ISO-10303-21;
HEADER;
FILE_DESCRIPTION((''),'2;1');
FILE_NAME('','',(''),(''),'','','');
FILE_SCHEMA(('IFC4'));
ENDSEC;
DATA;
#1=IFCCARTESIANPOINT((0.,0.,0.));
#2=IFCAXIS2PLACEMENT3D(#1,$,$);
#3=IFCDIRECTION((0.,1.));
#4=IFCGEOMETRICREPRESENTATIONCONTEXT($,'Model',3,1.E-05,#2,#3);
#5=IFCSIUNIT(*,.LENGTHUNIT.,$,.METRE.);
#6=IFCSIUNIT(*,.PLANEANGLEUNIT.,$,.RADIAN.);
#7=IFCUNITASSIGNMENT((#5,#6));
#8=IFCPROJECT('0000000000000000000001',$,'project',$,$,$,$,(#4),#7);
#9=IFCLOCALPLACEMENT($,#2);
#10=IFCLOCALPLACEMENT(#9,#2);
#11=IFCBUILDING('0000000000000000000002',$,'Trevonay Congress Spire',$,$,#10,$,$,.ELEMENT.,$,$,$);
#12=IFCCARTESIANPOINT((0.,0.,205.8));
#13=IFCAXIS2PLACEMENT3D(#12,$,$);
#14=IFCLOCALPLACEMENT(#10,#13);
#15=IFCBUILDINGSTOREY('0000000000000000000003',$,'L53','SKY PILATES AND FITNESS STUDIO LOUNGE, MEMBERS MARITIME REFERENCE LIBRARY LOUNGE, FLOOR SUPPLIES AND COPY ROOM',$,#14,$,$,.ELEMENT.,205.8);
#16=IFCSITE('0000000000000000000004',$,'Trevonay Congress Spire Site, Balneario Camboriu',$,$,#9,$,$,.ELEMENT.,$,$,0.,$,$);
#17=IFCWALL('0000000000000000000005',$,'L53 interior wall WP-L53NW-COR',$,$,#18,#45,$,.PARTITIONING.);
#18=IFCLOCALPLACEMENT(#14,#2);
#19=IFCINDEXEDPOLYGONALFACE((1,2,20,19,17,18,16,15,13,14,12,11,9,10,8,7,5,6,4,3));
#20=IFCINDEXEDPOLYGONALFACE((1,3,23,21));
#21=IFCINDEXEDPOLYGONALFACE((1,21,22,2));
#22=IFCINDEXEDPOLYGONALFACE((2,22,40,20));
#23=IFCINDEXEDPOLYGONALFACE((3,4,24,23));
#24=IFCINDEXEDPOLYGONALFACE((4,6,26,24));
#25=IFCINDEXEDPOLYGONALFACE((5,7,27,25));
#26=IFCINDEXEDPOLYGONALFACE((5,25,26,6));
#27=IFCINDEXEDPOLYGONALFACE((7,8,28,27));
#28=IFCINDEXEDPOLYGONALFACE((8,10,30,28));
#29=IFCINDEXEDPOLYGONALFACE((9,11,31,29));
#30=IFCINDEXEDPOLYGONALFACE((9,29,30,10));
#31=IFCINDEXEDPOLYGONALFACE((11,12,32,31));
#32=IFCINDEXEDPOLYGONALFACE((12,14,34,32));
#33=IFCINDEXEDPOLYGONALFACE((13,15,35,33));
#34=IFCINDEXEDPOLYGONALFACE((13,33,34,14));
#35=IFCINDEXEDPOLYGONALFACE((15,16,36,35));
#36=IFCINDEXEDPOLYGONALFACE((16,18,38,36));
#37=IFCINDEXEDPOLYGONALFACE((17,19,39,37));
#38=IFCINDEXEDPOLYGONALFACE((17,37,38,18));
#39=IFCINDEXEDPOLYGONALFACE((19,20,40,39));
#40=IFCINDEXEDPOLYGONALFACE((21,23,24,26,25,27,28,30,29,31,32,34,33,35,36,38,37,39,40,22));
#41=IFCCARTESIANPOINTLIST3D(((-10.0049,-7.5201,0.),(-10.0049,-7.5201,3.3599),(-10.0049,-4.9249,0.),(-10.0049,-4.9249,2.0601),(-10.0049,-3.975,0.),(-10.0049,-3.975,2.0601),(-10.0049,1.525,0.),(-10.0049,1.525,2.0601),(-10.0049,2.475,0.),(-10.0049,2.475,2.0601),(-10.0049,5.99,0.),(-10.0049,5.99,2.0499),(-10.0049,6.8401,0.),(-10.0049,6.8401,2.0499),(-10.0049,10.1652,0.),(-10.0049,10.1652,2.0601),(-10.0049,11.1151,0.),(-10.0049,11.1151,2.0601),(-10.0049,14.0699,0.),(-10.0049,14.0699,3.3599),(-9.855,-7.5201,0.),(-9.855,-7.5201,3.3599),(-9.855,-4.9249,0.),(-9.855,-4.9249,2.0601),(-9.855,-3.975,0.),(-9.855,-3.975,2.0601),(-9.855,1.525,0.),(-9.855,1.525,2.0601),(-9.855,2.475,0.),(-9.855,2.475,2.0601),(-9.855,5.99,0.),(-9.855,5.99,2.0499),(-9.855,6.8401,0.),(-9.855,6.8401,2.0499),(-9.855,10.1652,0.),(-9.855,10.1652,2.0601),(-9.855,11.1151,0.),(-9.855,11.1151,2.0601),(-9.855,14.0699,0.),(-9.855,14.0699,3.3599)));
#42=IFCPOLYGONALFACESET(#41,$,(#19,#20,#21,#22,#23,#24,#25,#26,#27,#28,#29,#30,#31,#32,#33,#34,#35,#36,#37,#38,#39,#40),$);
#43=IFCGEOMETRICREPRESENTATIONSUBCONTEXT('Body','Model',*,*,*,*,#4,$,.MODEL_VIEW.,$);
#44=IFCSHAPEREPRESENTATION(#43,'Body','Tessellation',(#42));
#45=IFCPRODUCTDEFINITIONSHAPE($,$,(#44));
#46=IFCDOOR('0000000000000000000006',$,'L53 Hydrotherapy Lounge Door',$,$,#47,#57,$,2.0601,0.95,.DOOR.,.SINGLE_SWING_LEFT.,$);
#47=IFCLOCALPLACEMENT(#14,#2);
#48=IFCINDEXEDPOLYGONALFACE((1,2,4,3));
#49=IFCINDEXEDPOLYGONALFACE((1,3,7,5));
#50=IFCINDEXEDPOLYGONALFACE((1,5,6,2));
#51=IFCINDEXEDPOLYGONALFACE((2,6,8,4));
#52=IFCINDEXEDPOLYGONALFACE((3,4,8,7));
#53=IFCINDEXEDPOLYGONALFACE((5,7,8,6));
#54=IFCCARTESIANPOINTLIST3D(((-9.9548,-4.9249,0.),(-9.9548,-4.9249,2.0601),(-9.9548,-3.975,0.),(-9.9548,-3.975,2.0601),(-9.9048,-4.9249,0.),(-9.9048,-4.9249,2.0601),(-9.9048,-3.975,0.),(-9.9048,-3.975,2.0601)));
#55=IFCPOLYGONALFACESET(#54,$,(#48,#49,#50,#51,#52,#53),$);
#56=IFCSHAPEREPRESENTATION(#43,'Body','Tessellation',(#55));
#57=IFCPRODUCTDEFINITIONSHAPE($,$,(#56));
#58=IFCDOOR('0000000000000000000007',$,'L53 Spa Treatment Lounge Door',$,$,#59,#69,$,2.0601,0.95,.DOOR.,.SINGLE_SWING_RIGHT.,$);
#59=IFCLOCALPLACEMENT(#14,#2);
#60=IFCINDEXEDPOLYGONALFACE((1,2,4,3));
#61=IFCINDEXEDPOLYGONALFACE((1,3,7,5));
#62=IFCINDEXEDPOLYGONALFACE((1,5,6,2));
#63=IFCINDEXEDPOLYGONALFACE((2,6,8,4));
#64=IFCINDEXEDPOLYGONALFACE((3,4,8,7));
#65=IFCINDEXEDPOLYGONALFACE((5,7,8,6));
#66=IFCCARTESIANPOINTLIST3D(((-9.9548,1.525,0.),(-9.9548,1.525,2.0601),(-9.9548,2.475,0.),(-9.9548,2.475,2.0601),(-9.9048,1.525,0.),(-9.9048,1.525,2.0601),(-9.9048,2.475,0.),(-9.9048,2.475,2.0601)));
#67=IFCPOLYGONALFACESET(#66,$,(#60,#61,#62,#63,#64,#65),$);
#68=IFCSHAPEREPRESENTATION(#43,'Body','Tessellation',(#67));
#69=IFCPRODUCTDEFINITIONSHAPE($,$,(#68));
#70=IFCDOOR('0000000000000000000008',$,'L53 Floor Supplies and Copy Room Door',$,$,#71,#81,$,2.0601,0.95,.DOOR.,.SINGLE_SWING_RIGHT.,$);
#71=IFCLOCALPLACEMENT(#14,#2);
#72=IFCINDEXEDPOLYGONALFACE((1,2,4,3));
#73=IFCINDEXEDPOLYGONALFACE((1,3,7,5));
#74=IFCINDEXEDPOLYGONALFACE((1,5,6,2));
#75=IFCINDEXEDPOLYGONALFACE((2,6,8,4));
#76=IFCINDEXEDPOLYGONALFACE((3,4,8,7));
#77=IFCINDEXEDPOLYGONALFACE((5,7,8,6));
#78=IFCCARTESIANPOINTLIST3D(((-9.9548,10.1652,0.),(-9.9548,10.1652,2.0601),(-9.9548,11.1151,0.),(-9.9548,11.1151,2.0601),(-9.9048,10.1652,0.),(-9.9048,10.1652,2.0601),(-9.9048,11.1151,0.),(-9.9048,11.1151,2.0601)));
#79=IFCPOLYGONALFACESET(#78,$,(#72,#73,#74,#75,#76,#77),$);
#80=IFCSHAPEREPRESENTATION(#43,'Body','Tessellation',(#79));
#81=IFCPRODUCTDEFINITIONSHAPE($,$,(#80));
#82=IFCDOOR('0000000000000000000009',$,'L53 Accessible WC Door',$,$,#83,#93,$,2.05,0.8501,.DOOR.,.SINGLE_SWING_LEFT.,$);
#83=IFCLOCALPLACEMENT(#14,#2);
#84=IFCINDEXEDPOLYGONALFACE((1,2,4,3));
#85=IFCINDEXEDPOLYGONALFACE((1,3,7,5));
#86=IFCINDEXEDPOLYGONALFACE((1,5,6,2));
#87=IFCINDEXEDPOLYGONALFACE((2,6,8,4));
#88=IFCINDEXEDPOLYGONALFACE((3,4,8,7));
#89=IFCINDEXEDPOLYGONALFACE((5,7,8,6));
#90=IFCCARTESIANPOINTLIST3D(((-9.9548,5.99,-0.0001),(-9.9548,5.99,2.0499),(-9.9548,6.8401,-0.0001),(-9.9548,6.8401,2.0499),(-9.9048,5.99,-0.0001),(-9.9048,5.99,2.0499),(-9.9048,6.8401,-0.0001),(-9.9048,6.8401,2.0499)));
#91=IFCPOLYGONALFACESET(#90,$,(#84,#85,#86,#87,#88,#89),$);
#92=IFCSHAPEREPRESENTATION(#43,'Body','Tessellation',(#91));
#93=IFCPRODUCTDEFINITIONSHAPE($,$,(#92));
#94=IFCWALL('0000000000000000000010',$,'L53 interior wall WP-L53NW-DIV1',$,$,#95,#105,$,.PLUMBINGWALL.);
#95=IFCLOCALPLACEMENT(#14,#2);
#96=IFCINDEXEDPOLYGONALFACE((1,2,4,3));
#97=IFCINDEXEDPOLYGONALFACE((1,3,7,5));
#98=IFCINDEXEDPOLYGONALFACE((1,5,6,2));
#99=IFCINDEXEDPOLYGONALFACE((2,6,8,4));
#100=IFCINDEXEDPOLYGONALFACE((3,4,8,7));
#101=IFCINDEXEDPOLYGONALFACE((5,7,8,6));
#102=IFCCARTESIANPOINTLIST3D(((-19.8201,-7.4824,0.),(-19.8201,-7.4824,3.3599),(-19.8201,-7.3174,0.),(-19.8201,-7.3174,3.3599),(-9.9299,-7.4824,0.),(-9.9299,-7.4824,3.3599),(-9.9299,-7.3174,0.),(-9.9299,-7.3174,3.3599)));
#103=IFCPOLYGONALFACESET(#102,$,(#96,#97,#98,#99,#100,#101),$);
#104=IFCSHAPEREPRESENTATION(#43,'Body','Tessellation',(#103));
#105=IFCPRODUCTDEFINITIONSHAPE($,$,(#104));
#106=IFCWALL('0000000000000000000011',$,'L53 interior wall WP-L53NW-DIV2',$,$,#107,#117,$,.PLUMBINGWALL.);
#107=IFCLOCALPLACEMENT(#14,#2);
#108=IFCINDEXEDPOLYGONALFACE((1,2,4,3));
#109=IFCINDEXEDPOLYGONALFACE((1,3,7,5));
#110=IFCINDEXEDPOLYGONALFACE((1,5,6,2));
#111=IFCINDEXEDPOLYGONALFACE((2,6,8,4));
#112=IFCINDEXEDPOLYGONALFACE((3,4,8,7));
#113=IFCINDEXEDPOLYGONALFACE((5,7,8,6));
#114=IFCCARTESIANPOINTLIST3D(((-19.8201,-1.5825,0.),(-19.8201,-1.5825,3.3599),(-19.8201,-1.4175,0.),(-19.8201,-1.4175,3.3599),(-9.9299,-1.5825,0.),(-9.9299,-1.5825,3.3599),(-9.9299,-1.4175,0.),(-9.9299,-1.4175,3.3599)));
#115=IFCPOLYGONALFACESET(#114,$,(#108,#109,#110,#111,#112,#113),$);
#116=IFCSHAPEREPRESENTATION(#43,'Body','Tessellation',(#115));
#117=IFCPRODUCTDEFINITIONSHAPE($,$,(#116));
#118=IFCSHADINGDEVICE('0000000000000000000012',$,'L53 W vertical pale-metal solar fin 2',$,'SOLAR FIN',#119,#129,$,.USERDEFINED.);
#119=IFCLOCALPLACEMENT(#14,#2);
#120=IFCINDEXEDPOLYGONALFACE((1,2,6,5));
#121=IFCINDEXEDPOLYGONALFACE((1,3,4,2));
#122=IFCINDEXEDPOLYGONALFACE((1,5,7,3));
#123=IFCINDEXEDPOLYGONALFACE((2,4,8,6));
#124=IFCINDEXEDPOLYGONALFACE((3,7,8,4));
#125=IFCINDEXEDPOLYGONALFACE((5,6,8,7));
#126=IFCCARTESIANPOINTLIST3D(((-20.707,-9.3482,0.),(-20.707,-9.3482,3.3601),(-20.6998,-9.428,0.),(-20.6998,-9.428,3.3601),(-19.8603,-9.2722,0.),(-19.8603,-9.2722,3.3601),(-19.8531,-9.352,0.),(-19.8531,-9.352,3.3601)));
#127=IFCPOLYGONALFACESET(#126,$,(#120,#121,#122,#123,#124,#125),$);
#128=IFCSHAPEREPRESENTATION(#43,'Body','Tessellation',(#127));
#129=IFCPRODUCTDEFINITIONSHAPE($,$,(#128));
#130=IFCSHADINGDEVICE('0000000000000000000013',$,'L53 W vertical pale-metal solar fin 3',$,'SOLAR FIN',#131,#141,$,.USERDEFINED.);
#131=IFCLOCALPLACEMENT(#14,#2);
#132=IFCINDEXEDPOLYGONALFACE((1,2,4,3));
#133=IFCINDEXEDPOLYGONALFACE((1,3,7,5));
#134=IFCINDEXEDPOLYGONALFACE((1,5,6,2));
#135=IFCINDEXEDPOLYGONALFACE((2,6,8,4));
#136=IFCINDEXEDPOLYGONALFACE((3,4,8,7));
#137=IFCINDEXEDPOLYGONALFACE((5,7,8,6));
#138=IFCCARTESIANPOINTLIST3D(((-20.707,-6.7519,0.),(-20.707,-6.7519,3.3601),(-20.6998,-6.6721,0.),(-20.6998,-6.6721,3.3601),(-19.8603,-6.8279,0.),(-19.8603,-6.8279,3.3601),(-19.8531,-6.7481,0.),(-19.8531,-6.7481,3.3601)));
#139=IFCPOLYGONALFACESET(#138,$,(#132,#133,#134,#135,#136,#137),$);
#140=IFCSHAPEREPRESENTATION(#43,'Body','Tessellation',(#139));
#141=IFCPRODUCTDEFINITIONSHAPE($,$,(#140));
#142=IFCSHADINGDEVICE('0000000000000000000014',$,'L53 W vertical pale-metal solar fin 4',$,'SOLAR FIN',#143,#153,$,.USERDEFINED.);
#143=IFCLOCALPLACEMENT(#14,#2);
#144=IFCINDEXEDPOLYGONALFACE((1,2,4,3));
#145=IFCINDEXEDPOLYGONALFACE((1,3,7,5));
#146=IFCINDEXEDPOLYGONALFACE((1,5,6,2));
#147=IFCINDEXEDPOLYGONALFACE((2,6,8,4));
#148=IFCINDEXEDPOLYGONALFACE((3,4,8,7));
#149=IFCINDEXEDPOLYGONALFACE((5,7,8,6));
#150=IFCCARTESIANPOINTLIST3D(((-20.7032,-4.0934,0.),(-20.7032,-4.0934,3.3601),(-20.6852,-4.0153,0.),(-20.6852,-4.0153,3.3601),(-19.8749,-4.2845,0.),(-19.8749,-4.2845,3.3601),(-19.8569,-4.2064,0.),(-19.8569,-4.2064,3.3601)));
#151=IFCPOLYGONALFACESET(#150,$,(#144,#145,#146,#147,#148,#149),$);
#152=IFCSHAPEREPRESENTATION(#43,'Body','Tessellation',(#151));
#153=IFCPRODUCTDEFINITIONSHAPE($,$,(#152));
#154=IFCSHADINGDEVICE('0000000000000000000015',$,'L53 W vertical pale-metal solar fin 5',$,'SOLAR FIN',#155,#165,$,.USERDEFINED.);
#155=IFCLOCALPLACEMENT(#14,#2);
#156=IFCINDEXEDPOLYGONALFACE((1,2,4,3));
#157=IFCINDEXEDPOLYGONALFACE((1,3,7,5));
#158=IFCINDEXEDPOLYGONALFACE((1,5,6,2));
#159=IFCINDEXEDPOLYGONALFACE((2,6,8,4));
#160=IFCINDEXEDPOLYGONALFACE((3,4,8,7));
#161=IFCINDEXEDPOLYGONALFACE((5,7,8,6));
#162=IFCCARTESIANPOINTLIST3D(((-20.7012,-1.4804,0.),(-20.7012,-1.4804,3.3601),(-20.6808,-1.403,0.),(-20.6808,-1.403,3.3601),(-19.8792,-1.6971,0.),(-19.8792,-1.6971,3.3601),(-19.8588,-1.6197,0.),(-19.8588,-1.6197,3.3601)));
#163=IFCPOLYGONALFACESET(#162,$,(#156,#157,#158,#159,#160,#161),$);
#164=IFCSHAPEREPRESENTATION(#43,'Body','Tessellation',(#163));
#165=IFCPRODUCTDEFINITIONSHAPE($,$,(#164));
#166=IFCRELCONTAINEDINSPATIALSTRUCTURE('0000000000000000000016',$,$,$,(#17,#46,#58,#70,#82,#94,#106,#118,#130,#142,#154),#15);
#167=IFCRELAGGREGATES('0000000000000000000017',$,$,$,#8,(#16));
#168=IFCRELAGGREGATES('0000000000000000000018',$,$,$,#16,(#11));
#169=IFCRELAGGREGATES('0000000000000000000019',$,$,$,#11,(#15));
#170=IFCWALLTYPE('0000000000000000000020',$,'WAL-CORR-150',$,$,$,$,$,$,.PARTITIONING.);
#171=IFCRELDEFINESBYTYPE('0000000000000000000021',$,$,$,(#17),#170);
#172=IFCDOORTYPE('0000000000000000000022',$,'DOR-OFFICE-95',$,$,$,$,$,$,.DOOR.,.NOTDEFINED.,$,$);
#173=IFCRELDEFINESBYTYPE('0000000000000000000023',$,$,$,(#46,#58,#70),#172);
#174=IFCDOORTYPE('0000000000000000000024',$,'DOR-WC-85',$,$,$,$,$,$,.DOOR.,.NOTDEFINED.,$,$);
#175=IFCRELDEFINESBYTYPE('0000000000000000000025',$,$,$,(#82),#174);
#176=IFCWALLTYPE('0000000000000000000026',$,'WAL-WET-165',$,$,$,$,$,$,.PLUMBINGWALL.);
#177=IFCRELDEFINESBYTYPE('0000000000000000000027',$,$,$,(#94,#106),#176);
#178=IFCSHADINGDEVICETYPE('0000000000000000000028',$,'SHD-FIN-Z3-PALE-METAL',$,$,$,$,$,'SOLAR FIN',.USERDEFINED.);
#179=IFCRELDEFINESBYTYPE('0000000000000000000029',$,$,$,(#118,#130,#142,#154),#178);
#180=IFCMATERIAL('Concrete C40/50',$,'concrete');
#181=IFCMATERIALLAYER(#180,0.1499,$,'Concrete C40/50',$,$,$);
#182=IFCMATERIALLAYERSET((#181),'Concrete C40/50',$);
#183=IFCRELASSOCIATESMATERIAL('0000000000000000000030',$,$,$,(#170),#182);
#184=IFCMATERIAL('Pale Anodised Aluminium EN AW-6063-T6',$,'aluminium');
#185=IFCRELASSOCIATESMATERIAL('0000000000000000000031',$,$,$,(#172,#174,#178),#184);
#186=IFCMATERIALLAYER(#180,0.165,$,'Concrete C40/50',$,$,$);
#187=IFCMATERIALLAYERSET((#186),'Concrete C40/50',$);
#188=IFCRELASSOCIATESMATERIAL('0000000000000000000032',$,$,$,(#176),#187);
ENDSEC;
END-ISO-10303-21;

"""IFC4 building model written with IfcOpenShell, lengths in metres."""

from ifc_helpers import new_model, si_unit, direction, frame, frame_2d, origin, origin_2d, place, context, subcontext, project, spatial, rectangle, extrude, material, layer, layer_set, type_object, element, fill, save


model = new_model("IFC4")

# Units and contexts
model_context = context("Model", 3, precision=1e-05, world=origin(), true_north=direction((0.0, 1.0)))
body_context = subcontext(model_context, "Body", "Model", "MODEL_VIEW")
ifc_project = project(units=[si_unit("LENGTHUNIT", "METRE"), si_unit("PLANEANGLEUNIT", "RADIAN")], contexts=[model_context])

# Site, building, storey
site_placement = place(None, origin())
site = spatial("IfcSite", under=ifc_project, at=site_placement, Name="Trevonay Congress Spire Site, Balneario Camboriu", CompositionType="ELEMENT", RefElevation=0.0)
building_placement = place(site_placement, origin())
building = spatial("IfcBuilding", under=site, at=building_placement, Name="Trevonay Congress Spire", CompositionType="ELEMENT")
storey_placement = place(building_placement, frame((0.0, 0.0, 205.8)))
storey = spatial("IfcBuildingStorey", under=building, at=storey_placement, Name="L53", Description="SKY PILATES AND FITNESS STUDIO LOUNGE, MEMBERS MARITIME REFERENCE LIBRARY LOUNGE, FLOOR SUPPLIES AND COPY ROOM", CompositionType="ELEMENT", Elevation=205.8)

# Shared definitions
ifc_material_1 = material(Name="Pale Anodised Aluminium EN AW-6063-T6", Category="aluminium")

# Shared definitions
ifc_material_2 = material(Name="Concrete C40/50", Category="concrete")
ifc_layer_1 = layer(ifc_material_2, 0.1499, Name="Concrete C40/50")
ifc_layer_set_1 = layer_set([ifc_layer_1], Name="Concrete C40/50")
wall_type_1 = type_object("IfcWallType", Name="WAL-CORR-150", PredefinedType="PARTITIONING", material=ifc_layer_set_1)

# Wall, openings, doors
wall_1_placement = place(storey_placement, frame((-9.9299, -7.52, 0.0), z_axis=(0.0, 0.0, 1.0), x_axis=(0.0, 1.0, 0.0)))
wall_1 = element("IfcWall", 1, at=wall_1_placement, inside=storey, type_object=wall_type_1, Name="L53 interior wall WP-L53NW-COR", PredefinedType="PARTITIONING", context=body_context, shape_type="SweptSolid", body=[
    extrude(rectangle(XDim=21.5901, YDim=0.1499, at=frame_2d((10.7949, 0.0))), origin(), (0.0, 0.0, 1.0), 3.3599),
])
opening_1_placement = place(wall_1_placement, frame((2.595, 0.0, 0.0)))
opening_1 = element("IfcOpeningElement", 2, at=opening_1_placement, cuts=wall_1, PredefinedType="OPENING", context=body_context, shape_type="SweptSolid", body=[
    extrude(rectangle(XDim=0.95, YDim=2.0601, at=frame_2d((0.4751, 1.03))), frame((0.0, 0.085, 0.0), z_axis=(0.0, -1.0, 0.0), x_axis=(1.0, 0.0, 0.0)), (0.0, 0.0, 1.0), 0.1699),
])
opening_2_placement = place(wall_1_placement, frame((9.0449, 0.0, 0.0)))
opening_2 = element("IfcOpeningElement", 3, at=opening_2_placement, cuts=wall_1, PredefinedType="OPENING", context=body_context, shape_type="SweptSolid", body=[
    extrude(rectangle(XDim=0.95, YDim=2.0601, at=frame_2d((0.4751, 1.03))), frame((0.0, 0.085, 0.0), z_axis=(0.0, -1.0, 0.0), x_axis=(1.0, 0.0, 0.0)), (0.0, 0.0, 1.0), 0.1699),
])
opening_3_placement = place(wall_1_placement, frame((13.51, 0.0, 0.0)))
opening_3 = element("IfcOpeningElement", 4, at=opening_3_placement, cuts=wall_1, PredefinedType="OPENING", context=body_context, shape_type="SweptSolid", body=[
    extrude(rectangle(XDim=0.8501, YDim=2.05, at=frame_2d((0.425, 1.0249))), frame((0.0, 0.085, 0.0), z_axis=(0.0, -1.0, 0.0), x_axis=(1.0, 0.0, 0.0)), (0.0, 0.0, 1.0), 0.1699),
])
opening_4_placement = place(wall_1_placement, frame((17.6851, 0.0, 0.0)))
opening_4 = element("IfcOpeningElement", 5, at=opening_4_placement, cuts=wall_1, PredefinedType="OPENING", context=body_context, shape_type="SweptSolid", body=[
    extrude(rectangle(XDim=0.95, YDim=2.0601, at=frame_2d((0.4751, 1.03))), frame((0.0, 0.085, 0.0), z_axis=(0.0, -1.0, 0.0), x_axis=(1.0, 0.0, 0.0)), (0.0, 0.0, 1.0), 0.1699),
])
door_type_1 = type_object("IfcDoorType", Name="DOR-OFFICE-95", OperationType="NOTDEFINED", PredefinedType="DOOR", material=ifc_material_1)
door_1_placement = place(opening_1_placement, origin())
door_1 = element("IfcDoor", 6, at=door_1_placement, inside=storey, type_object=door_type_1, Name="L53 Hydrotherapy Lounge Door", OperationType="SINGLE_SWING_LEFT", OverallHeight=2.0601, OverallWidth=0.95, PredefinedType="DOOR", context=body_context, shape_type="SweptSolid", body=[
    extrude(rectangle(XDim=0.95, YDim=2.0601, at=frame_2d((0.4751, 1.03))), frame((0.0, 0.0249, 0.0), z_axis=(0.0, -1.0, 0.0), x_axis=(1.0, 0.0, 0.0)), (0.0, 0.0, 1.0), 0.05),
])
fill(opening_1, door_1)
door_2_placement = place(opening_2_placement, origin())
door_2 = element("IfcDoor", 7, at=door_2_placement, inside=storey, type_object=door_type_1, Name="L53 Spa Treatment Lounge Door", OperationType="SINGLE_SWING_RIGHT", OverallHeight=2.0601, OverallWidth=0.95, PredefinedType="DOOR", context=body_context, shape_type="SweptSolid", body=[
    extrude(rectangle(XDim=0.95, YDim=2.0601, at=frame_2d((0.4751, 1.03))), frame((0.0, 0.0249, 0.0), z_axis=(0.0, -1.0, 0.0), x_axis=(1.0, 0.0, 0.0)), (0.0, 0.0, 1.0), 0.05),
])
fill(opening_2, door_2)
door_3_placement = place(opening_4_placement, origin())
door_3 = element("IfcDoor", 8, at=door_3_placement, inside=storey, type_object=door_type_1, Name="L53 Floor Supplies and Copy Room Door", OperationType="SINGLE_SWING_RIGHT", OverallHeight=2.0601, OverallWidth=0.95, PredefinedType="DOOR", context=body_context, shape_type="SweptSolid", body=[
    extrude(rectangle(XDim=0.95, YDim=2.0601, at=frame_2d((0.4751, 1.03))), frame((0.0, 0.0249, 0.0), z_axis=(0.0, -1.0, 0.0), x_axis=(1.0, 0.0, 0.0)), (0.0, 0.0, 1.0), 0.05),
])
fill(opening_4, door_3)
door_type_2 = type_object("IfcDoorType", Name="DOR-WC-85", OperationType="NOTDEFINED", PredefinedType="DOOR", material=ifc_material_1)
door_4_placement = place(opening_3_placement, origin())
door_4 = element("IfcDoor", 9, at=door_4_placement, inside=storey, type_object=door_type_2, Name="L53 Accessible WC Door", OperationType="SINGLE_SWING_LEFT", OverallHeight=2.05, OverallWidth=0.8501, PredefinedType="DOOR", context=body_context, shape_type="SweptSolid", body=[
    extrude(rectangle(XDim=0.8501, YDim=2.05, at=frame_2d((0.425, 1.0249))), frame((0.0, 0.0249, 0.0), z_axis=(0.0, -1.0, 0.0), x_axis=(1.0, 0.0, 0.0)), (0.0, 0.0, 1.0), 0.05),
])
fill(opening_3, door_4)

# Walls
ifc_layer_2 = layer(ifc_material_2, 0.165, Name="Concrete C40/50")
ifc_layer_set_2 = layer_set([ifc_layer_2], Name="Concrete C40/50")
wall_type_2 = type_object("IfcWallType", Name="WAL-WET-165", PredefinedType="PLUMBINGWALL", material=ifc_layer_set_2)
for number, where, z_axis, x_axis, name in (
    (10, (-19.8201, -7.3999, 0.0), (0.0, 0.0, 1.0), (1.0, 0.0, 0.0), "L53 interior wall WP-L53NW-DIV1"),
    (11, (-19.8201, -1.5, 0.0), (0.0, 0.0, 1.0), (1.0, 0.0, 0.0), "L53 interior wall WP-L53NW-DIV2"),
):
    element("IfcWall", number, at=place(storey_placement, frame(where, z_axis=z_axis, x_axis=x_axis)), inside=storey, type_object=wall_type_2, Name=name, PredefinedType="PLUMBINGWALL", context=body_context, shape_type="SweptSolid", body=[
        extrude(rectangle(XDim=9.8901, YDim=0.165, at=frame_2d((4.9451, 0.0))), origin(), (0.0, 0.0, 1.0), 3.3599),
    ])

# Shading devices
shading_device_type = type_object("IfcShadingDeviceType", Name="SHD-FIN-Z3-PALE-METAL", ElementType="SOLAR FIN", PredefinedType="USERDEFINED", material=ifc_material_1)
for number, where, z_axis, x_axis, name in (
    (12, (-20.28, -9.3501, 0.0), (0.0, 0.0, 1.0), (-0.089416, 0.995994, 0.0), "L53 W vertical pale-metal solar fin 2"),
    (13, (-20.28, -6.75, 0.0), (0.0, 0.0, 1.0), (0.089416, 0.995994, 0.0), "L53 W vertical pale-metal solar fin 3"),
    (14, (-20.28, -4.1499, 0.0), (0.0, 0.0, 1.0), (0.224781, 0.974409, 0.0), "L53 W vertical pale-metal solar fin 4"),
    (15, (-20.28, -1.55, 0.0), (0.0, 0.0, 1.0), (0.254939, 0.966957, 0.0), "L53 W vertical pale-metal solar fin 5"),
):
    element("IfcShadingDevice", number, at=place(storey_placement, frame(where, z_axis=z_axis, x_axis=x_axis)), inside=storey, type_object=shading_device_type, Name=name, ObjectType="SOLAR FIN", PredefinedType="USERDEFINED", context=body_context, shape_type="SweptSolid", body=[
        extrude(rectangle(XDim=0.0801, YDim=0.8501, at=origin_2d()), origin(), (0.0, 0.0, 1.0), 3.3601),
    ])

save(model, "model.ifc")
